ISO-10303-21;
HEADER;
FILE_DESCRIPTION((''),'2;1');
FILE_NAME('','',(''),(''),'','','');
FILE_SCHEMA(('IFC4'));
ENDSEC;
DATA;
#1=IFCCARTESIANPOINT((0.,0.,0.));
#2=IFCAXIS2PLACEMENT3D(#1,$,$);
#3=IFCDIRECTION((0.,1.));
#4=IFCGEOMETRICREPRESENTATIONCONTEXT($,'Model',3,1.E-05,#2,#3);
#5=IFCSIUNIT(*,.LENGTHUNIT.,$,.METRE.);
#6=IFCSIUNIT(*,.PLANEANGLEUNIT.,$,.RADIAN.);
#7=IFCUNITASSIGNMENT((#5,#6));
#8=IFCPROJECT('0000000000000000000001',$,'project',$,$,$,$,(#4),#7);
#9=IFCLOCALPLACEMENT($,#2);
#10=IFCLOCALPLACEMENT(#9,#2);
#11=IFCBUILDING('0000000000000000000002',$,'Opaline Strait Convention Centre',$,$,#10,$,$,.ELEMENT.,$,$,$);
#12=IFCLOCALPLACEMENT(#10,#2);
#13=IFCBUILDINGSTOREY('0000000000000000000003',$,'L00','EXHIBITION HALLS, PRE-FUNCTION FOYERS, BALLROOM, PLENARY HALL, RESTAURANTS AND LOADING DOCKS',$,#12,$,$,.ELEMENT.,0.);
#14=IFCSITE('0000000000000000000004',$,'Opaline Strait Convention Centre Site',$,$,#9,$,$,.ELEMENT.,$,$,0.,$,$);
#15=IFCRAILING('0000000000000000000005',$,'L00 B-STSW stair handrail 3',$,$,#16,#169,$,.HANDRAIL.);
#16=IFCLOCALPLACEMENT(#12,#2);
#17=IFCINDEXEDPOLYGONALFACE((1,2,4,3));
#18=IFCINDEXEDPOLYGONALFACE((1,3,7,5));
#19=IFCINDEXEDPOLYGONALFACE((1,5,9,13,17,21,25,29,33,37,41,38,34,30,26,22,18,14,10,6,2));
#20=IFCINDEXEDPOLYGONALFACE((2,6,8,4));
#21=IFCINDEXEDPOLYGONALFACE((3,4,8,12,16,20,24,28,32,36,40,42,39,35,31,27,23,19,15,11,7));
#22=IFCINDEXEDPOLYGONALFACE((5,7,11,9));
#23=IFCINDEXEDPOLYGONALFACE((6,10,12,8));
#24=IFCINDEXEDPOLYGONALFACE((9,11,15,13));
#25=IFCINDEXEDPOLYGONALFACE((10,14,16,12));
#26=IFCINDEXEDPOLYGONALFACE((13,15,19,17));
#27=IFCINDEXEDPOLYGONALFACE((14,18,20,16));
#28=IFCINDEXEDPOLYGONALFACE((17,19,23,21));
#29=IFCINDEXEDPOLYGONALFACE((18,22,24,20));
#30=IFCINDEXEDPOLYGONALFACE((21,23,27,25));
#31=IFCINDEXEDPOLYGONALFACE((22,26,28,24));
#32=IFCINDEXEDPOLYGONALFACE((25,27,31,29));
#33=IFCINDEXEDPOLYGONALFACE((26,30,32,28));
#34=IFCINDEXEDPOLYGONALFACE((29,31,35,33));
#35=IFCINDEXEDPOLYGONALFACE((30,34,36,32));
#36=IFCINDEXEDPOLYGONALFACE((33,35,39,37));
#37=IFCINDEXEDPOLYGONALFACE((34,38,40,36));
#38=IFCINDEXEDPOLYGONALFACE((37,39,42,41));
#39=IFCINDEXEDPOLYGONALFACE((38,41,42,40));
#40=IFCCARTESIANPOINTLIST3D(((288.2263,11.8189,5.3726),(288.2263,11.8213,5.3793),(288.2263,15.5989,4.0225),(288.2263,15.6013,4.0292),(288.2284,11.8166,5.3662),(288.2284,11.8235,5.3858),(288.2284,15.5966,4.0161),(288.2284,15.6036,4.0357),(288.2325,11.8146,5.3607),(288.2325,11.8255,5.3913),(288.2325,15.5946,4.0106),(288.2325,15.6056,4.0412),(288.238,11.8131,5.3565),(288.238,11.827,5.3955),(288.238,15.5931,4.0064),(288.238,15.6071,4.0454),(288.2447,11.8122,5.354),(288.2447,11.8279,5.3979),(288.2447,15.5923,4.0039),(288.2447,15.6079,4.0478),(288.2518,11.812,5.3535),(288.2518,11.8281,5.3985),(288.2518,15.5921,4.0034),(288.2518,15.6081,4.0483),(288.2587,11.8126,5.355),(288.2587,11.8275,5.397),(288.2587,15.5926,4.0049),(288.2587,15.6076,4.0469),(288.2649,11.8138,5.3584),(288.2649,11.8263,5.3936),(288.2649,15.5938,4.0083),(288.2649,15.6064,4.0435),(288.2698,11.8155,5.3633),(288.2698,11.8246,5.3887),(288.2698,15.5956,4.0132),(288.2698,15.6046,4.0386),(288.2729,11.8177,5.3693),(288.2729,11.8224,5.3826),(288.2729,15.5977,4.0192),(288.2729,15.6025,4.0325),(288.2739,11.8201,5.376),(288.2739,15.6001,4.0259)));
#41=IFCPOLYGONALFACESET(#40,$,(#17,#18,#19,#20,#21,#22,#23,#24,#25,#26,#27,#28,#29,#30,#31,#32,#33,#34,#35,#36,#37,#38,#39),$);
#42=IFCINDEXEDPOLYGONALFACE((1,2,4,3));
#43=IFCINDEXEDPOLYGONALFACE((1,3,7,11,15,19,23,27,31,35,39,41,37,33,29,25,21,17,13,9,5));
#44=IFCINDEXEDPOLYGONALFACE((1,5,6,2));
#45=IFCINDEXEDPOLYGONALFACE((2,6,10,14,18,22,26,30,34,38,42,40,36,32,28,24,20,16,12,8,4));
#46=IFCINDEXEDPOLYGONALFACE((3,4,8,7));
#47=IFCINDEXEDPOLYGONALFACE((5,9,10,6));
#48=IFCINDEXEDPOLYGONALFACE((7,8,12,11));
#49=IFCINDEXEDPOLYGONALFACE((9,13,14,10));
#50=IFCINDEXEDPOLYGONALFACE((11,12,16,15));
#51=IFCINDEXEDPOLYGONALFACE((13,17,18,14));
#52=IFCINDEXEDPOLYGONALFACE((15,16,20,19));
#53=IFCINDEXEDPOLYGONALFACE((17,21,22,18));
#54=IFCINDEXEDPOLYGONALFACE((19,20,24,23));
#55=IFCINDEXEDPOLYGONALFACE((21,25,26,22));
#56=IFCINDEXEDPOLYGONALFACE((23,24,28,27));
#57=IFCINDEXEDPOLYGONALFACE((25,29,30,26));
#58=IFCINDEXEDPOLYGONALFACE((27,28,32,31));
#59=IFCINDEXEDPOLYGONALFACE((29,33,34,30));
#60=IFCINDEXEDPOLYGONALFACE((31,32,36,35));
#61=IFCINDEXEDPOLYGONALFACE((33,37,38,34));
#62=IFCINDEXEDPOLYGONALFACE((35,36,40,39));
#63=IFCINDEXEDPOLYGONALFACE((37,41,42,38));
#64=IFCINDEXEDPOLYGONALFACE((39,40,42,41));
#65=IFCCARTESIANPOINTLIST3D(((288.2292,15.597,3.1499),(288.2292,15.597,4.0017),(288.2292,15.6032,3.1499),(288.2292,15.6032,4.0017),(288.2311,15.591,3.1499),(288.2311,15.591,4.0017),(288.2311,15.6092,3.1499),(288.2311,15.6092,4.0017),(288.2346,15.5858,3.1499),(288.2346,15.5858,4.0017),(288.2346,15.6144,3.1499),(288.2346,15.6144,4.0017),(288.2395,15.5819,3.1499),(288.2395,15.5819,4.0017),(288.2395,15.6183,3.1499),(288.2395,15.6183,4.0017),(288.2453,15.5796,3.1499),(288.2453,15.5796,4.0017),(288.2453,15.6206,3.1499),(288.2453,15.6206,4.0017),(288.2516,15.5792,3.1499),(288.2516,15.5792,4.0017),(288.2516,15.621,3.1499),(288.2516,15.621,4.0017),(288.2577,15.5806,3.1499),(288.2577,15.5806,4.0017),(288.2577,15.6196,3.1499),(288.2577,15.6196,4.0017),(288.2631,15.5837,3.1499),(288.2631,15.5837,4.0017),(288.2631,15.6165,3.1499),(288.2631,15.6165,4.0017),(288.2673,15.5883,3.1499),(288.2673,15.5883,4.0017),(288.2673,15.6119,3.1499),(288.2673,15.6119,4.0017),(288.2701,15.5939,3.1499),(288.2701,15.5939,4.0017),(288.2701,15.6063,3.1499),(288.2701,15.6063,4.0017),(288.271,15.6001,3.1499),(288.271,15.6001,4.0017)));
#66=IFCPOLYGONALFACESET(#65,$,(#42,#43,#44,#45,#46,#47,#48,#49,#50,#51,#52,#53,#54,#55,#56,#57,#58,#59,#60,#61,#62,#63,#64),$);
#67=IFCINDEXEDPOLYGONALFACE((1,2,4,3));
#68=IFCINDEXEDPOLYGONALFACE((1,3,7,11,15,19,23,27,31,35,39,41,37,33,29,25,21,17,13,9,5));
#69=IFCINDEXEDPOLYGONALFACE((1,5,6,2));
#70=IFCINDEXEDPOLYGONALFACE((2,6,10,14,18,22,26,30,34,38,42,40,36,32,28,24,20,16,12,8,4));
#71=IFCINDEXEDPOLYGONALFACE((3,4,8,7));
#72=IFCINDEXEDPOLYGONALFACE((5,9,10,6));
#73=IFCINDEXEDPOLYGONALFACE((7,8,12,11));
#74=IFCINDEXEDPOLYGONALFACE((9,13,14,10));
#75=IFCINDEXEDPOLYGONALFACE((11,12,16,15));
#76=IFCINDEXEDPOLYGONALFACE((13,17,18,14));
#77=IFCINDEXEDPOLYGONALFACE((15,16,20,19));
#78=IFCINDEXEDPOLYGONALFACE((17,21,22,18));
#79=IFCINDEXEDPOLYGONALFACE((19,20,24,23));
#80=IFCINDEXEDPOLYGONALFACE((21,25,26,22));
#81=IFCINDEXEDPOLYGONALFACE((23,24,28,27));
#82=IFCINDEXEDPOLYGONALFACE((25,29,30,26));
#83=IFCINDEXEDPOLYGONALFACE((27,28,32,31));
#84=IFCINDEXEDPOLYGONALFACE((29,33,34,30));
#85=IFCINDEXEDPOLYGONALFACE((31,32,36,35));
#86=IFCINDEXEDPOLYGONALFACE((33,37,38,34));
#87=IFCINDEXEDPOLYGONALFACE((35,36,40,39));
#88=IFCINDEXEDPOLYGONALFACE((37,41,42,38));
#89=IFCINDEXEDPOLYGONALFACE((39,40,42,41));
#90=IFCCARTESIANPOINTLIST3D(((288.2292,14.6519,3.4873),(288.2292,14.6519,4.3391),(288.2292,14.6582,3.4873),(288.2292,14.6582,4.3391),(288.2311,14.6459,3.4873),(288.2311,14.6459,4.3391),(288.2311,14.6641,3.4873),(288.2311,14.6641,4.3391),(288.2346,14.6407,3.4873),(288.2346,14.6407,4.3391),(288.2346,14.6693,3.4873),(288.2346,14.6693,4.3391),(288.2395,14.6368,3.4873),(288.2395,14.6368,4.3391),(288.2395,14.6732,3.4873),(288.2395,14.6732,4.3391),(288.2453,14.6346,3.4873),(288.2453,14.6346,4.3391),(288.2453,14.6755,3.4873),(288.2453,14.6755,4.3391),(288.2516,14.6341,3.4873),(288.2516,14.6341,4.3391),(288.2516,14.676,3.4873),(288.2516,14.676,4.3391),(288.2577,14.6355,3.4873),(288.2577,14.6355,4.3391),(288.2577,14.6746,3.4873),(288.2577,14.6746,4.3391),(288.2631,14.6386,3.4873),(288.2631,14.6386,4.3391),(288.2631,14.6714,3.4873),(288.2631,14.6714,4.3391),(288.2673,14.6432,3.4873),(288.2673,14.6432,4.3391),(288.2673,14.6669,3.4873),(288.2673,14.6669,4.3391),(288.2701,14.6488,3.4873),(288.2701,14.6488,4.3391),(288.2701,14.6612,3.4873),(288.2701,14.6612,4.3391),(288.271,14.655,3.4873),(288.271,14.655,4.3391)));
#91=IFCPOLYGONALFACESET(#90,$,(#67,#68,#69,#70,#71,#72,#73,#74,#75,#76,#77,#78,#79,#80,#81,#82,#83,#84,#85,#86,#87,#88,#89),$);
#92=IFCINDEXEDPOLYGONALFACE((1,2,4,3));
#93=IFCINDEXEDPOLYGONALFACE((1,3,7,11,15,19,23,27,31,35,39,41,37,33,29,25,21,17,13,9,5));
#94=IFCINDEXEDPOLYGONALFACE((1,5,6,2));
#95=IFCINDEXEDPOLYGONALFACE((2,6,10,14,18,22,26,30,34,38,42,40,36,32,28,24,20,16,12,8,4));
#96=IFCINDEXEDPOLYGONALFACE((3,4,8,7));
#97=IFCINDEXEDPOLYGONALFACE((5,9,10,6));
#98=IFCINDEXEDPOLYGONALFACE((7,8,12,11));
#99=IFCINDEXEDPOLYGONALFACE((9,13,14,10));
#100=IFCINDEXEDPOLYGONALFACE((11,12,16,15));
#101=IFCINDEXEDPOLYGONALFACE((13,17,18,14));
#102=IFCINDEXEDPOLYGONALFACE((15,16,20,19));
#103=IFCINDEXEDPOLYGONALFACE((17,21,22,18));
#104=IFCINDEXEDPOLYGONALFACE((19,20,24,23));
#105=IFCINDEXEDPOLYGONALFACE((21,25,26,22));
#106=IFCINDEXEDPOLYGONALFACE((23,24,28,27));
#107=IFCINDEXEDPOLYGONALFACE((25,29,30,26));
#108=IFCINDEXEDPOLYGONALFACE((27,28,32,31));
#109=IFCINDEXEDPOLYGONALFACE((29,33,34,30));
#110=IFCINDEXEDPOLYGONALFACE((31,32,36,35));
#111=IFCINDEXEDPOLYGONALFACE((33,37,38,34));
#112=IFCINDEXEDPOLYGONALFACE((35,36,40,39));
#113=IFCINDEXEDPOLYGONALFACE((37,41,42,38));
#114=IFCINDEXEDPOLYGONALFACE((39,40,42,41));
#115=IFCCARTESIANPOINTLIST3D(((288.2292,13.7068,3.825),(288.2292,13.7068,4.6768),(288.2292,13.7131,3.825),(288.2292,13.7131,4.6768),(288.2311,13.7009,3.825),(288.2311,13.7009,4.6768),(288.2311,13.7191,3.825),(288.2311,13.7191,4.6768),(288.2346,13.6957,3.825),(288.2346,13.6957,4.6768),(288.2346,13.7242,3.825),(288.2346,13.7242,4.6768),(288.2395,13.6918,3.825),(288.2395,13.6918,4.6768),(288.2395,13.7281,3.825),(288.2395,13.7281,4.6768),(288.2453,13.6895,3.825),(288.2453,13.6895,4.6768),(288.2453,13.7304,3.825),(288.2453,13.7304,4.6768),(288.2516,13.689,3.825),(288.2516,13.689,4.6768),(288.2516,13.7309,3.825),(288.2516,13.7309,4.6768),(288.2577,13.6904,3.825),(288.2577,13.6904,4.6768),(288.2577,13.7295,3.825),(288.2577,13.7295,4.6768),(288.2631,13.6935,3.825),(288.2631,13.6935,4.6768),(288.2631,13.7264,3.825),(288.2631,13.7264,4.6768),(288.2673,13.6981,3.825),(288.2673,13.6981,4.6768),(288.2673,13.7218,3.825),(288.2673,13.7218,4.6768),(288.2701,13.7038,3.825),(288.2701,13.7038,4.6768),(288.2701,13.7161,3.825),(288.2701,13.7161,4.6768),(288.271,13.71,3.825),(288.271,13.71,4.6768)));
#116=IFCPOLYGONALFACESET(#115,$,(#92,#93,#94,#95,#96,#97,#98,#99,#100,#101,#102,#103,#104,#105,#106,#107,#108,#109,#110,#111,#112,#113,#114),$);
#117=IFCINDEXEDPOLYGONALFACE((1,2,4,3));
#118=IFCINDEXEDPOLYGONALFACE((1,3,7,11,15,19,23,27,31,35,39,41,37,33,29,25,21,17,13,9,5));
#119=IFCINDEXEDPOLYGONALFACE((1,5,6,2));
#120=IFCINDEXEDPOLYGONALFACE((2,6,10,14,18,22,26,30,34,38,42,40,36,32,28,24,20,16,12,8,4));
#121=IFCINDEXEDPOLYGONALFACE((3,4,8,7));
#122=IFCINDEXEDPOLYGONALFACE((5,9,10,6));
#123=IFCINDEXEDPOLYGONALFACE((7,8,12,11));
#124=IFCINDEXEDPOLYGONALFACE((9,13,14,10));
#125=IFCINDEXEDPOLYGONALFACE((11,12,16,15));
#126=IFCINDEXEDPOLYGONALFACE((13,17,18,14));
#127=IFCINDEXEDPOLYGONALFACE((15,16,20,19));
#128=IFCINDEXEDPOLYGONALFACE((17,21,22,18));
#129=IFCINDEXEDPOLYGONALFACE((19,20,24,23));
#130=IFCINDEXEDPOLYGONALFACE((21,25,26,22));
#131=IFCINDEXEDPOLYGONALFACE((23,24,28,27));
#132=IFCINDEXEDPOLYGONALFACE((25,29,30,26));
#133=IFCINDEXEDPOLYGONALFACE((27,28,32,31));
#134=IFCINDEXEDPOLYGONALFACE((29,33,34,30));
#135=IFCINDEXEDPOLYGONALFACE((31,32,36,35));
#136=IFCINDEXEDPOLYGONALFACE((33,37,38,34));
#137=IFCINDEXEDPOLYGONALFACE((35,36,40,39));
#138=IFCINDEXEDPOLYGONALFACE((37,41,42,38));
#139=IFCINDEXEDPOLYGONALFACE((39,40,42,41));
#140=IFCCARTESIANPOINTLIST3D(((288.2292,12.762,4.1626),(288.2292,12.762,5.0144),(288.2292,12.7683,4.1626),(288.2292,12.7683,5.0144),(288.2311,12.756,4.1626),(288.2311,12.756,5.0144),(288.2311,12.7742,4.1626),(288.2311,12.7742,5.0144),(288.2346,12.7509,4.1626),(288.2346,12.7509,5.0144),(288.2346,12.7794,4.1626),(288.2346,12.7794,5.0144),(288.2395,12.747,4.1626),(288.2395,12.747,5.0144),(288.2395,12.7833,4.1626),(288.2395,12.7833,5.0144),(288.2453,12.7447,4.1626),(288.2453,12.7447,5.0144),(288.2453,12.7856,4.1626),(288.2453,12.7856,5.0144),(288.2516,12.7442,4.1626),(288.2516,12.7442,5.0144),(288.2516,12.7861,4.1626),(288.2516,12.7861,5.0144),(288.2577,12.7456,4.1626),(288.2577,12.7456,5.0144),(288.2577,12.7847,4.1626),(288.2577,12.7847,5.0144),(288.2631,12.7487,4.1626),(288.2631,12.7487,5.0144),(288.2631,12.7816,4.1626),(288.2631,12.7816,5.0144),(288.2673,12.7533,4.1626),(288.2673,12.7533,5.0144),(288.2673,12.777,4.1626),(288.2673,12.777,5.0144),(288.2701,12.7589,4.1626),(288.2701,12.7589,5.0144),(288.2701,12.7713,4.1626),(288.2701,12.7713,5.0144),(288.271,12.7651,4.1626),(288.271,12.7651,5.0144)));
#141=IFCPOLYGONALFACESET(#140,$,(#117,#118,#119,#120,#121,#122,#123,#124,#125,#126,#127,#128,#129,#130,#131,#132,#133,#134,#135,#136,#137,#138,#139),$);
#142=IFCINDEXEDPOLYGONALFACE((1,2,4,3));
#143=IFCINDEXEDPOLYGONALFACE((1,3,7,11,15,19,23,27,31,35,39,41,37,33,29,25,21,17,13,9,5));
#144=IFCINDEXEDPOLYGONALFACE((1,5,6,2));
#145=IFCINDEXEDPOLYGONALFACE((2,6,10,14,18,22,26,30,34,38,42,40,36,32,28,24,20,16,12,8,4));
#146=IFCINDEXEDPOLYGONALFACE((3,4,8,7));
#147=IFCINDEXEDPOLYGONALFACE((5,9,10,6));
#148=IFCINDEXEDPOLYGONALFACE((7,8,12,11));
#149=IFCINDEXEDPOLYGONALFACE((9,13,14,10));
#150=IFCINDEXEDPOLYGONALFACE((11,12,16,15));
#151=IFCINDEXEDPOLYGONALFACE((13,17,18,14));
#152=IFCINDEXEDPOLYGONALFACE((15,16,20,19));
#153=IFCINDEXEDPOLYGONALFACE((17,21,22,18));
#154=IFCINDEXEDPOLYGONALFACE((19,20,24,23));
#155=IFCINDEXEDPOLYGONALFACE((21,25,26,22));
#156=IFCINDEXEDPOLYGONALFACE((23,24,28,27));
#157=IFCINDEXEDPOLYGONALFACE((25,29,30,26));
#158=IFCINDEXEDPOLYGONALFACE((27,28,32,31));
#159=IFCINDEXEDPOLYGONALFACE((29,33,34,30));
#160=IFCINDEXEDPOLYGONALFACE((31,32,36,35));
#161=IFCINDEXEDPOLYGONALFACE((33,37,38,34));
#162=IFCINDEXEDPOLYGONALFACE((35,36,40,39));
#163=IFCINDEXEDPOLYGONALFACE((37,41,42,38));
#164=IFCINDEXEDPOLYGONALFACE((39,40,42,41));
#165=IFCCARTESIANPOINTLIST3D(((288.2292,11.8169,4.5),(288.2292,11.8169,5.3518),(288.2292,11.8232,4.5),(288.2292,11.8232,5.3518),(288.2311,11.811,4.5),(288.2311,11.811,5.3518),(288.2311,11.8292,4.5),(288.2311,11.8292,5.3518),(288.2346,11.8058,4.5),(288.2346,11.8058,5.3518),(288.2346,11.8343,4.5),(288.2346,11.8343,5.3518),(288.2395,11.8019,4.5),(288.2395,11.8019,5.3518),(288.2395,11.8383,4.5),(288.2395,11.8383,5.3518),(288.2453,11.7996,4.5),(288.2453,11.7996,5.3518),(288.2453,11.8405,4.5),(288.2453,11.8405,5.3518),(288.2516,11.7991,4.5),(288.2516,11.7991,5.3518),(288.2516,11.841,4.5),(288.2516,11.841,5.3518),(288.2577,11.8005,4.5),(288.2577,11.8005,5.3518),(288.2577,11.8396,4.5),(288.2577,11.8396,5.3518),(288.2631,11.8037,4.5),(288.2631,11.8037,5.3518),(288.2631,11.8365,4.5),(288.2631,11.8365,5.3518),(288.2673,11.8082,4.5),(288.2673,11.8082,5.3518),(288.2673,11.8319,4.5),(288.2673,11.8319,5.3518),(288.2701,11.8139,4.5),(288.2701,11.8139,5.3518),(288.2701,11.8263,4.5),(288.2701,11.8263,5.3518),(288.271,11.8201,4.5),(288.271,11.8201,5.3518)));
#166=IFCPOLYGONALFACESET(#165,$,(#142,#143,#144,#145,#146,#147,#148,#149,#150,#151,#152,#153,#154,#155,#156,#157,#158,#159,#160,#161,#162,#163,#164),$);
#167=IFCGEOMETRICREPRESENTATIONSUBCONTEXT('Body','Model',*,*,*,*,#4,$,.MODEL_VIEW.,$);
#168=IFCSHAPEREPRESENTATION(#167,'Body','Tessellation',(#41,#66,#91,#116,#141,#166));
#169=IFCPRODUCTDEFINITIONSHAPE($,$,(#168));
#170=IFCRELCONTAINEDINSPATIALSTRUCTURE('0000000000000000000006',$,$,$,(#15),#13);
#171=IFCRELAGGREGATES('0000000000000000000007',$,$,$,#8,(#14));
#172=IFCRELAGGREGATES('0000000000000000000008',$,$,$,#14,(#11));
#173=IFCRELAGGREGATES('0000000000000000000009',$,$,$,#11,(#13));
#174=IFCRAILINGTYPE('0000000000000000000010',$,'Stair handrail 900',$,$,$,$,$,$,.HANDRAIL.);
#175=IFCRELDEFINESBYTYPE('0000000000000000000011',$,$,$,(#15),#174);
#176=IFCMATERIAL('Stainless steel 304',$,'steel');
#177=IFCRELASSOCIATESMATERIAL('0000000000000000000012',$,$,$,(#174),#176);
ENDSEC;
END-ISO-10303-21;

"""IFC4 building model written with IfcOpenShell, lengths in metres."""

from ifc_helpers import new_model, si_unit, direction, frame, origin, origin_2d, place, context, subcontext, project, spatial, circle, extrude, material, type_object, element, save


model = new_model("IFC4")

# Units and contexts
model_context = context("Model", 3, precision=1e-05, world=origin(), true_north=direction((0.0, 1.0)))
body_context = subcontext(model_context, "Body", "Model", "MODEL_VIEW")
ifc_project = project(units=[si_unit("LENGTHUNIT", "METRE"), si_unit("PLANEANGLEUNIT", "RADIAN")], contexts=[model_context])

# Site, building, storey
site_placement = place(None, origin())
site = spatial("IfcSite", under=ifc_project, at=site_placement, Name="Opaline Strait Convention Centre Site", CompositionType="ELEMENT", RefElevation=0.0)
building_placement = place(site_placement, origin())
building = spatial("IfcBuilding", under=site, at=building_placement, Name="Opaline Strait Convention Centre", CompositionType="ELEMENT")
storey_placement = place(building_placement, origin())
storey = spatial("IfcBuildingStorey", under=building, at=storey_placement, Name="L00", Description="EXHIBITION HALLS, PRE-FUNCTION FOYERS, BALLROOM, PLENARY HALL, RESTAURANTS AND LOADING DOCKS", CompositionType="ELEMENT", Elevation=0.0)

# Railing
ifc_material_1 = material(Name="Stainless steel 304", Category="steel")
railing_type_1 = type_object("IfcRailingType", Name="Stair handrail 900", PredefinedType="HANDRAIL", material=ifc_material_1)
railing_1_placement = place(storey_placement, frame((288.25, 15.6001, 3.1499)))
element("IfcRailing", 1, at=railing_1_placement, inside=storey, type_object=railing_type_1, Name="L00 B-STSW stair handrail 3", PredefinedType="HANDRAIL", context=body_context, shape_type="SweptSolid", body=[
    extrude(circle(Radius=0.0239, at=origin_2d()), frame((0.0, 0.0, 0.876), z_axis=(0.0, -0.941735, 0.336356), x_axis=(1.0, 0.0, 0.0)), (0.0, 0.0, 1.0), 4.0139),
    extrude(circle(Radius=0.021, at=origin_2d()), origin(), (0.0, 0.0, 1.0), 0.8518),
    extrude(circle(Radius=0.021, at=origin_2d()), frame((0.0, -0.9451, 0.3374)), (0.0, 0.0, 1.0), 0.8518),
    extrude(circle(Radius=0.021, at=origin_2d()), frame((0.0, -1.8901, 0.675)), (0.0, 0.0, 1.0), 0.8518),
    extrude(circle(Radius=0.021, at=origin_2d()), frame((0.0, -2.835, 1.0127)), (0.0, 0.0, 1.0), 0.8518),
    extrude(circle(Radius=0.021, at=origin_2d()), frame((0.0, -3.78, 1.3501)), (0.0, 0.0, 1.0), 0.8518),
])

save(model, "model.ifc")
